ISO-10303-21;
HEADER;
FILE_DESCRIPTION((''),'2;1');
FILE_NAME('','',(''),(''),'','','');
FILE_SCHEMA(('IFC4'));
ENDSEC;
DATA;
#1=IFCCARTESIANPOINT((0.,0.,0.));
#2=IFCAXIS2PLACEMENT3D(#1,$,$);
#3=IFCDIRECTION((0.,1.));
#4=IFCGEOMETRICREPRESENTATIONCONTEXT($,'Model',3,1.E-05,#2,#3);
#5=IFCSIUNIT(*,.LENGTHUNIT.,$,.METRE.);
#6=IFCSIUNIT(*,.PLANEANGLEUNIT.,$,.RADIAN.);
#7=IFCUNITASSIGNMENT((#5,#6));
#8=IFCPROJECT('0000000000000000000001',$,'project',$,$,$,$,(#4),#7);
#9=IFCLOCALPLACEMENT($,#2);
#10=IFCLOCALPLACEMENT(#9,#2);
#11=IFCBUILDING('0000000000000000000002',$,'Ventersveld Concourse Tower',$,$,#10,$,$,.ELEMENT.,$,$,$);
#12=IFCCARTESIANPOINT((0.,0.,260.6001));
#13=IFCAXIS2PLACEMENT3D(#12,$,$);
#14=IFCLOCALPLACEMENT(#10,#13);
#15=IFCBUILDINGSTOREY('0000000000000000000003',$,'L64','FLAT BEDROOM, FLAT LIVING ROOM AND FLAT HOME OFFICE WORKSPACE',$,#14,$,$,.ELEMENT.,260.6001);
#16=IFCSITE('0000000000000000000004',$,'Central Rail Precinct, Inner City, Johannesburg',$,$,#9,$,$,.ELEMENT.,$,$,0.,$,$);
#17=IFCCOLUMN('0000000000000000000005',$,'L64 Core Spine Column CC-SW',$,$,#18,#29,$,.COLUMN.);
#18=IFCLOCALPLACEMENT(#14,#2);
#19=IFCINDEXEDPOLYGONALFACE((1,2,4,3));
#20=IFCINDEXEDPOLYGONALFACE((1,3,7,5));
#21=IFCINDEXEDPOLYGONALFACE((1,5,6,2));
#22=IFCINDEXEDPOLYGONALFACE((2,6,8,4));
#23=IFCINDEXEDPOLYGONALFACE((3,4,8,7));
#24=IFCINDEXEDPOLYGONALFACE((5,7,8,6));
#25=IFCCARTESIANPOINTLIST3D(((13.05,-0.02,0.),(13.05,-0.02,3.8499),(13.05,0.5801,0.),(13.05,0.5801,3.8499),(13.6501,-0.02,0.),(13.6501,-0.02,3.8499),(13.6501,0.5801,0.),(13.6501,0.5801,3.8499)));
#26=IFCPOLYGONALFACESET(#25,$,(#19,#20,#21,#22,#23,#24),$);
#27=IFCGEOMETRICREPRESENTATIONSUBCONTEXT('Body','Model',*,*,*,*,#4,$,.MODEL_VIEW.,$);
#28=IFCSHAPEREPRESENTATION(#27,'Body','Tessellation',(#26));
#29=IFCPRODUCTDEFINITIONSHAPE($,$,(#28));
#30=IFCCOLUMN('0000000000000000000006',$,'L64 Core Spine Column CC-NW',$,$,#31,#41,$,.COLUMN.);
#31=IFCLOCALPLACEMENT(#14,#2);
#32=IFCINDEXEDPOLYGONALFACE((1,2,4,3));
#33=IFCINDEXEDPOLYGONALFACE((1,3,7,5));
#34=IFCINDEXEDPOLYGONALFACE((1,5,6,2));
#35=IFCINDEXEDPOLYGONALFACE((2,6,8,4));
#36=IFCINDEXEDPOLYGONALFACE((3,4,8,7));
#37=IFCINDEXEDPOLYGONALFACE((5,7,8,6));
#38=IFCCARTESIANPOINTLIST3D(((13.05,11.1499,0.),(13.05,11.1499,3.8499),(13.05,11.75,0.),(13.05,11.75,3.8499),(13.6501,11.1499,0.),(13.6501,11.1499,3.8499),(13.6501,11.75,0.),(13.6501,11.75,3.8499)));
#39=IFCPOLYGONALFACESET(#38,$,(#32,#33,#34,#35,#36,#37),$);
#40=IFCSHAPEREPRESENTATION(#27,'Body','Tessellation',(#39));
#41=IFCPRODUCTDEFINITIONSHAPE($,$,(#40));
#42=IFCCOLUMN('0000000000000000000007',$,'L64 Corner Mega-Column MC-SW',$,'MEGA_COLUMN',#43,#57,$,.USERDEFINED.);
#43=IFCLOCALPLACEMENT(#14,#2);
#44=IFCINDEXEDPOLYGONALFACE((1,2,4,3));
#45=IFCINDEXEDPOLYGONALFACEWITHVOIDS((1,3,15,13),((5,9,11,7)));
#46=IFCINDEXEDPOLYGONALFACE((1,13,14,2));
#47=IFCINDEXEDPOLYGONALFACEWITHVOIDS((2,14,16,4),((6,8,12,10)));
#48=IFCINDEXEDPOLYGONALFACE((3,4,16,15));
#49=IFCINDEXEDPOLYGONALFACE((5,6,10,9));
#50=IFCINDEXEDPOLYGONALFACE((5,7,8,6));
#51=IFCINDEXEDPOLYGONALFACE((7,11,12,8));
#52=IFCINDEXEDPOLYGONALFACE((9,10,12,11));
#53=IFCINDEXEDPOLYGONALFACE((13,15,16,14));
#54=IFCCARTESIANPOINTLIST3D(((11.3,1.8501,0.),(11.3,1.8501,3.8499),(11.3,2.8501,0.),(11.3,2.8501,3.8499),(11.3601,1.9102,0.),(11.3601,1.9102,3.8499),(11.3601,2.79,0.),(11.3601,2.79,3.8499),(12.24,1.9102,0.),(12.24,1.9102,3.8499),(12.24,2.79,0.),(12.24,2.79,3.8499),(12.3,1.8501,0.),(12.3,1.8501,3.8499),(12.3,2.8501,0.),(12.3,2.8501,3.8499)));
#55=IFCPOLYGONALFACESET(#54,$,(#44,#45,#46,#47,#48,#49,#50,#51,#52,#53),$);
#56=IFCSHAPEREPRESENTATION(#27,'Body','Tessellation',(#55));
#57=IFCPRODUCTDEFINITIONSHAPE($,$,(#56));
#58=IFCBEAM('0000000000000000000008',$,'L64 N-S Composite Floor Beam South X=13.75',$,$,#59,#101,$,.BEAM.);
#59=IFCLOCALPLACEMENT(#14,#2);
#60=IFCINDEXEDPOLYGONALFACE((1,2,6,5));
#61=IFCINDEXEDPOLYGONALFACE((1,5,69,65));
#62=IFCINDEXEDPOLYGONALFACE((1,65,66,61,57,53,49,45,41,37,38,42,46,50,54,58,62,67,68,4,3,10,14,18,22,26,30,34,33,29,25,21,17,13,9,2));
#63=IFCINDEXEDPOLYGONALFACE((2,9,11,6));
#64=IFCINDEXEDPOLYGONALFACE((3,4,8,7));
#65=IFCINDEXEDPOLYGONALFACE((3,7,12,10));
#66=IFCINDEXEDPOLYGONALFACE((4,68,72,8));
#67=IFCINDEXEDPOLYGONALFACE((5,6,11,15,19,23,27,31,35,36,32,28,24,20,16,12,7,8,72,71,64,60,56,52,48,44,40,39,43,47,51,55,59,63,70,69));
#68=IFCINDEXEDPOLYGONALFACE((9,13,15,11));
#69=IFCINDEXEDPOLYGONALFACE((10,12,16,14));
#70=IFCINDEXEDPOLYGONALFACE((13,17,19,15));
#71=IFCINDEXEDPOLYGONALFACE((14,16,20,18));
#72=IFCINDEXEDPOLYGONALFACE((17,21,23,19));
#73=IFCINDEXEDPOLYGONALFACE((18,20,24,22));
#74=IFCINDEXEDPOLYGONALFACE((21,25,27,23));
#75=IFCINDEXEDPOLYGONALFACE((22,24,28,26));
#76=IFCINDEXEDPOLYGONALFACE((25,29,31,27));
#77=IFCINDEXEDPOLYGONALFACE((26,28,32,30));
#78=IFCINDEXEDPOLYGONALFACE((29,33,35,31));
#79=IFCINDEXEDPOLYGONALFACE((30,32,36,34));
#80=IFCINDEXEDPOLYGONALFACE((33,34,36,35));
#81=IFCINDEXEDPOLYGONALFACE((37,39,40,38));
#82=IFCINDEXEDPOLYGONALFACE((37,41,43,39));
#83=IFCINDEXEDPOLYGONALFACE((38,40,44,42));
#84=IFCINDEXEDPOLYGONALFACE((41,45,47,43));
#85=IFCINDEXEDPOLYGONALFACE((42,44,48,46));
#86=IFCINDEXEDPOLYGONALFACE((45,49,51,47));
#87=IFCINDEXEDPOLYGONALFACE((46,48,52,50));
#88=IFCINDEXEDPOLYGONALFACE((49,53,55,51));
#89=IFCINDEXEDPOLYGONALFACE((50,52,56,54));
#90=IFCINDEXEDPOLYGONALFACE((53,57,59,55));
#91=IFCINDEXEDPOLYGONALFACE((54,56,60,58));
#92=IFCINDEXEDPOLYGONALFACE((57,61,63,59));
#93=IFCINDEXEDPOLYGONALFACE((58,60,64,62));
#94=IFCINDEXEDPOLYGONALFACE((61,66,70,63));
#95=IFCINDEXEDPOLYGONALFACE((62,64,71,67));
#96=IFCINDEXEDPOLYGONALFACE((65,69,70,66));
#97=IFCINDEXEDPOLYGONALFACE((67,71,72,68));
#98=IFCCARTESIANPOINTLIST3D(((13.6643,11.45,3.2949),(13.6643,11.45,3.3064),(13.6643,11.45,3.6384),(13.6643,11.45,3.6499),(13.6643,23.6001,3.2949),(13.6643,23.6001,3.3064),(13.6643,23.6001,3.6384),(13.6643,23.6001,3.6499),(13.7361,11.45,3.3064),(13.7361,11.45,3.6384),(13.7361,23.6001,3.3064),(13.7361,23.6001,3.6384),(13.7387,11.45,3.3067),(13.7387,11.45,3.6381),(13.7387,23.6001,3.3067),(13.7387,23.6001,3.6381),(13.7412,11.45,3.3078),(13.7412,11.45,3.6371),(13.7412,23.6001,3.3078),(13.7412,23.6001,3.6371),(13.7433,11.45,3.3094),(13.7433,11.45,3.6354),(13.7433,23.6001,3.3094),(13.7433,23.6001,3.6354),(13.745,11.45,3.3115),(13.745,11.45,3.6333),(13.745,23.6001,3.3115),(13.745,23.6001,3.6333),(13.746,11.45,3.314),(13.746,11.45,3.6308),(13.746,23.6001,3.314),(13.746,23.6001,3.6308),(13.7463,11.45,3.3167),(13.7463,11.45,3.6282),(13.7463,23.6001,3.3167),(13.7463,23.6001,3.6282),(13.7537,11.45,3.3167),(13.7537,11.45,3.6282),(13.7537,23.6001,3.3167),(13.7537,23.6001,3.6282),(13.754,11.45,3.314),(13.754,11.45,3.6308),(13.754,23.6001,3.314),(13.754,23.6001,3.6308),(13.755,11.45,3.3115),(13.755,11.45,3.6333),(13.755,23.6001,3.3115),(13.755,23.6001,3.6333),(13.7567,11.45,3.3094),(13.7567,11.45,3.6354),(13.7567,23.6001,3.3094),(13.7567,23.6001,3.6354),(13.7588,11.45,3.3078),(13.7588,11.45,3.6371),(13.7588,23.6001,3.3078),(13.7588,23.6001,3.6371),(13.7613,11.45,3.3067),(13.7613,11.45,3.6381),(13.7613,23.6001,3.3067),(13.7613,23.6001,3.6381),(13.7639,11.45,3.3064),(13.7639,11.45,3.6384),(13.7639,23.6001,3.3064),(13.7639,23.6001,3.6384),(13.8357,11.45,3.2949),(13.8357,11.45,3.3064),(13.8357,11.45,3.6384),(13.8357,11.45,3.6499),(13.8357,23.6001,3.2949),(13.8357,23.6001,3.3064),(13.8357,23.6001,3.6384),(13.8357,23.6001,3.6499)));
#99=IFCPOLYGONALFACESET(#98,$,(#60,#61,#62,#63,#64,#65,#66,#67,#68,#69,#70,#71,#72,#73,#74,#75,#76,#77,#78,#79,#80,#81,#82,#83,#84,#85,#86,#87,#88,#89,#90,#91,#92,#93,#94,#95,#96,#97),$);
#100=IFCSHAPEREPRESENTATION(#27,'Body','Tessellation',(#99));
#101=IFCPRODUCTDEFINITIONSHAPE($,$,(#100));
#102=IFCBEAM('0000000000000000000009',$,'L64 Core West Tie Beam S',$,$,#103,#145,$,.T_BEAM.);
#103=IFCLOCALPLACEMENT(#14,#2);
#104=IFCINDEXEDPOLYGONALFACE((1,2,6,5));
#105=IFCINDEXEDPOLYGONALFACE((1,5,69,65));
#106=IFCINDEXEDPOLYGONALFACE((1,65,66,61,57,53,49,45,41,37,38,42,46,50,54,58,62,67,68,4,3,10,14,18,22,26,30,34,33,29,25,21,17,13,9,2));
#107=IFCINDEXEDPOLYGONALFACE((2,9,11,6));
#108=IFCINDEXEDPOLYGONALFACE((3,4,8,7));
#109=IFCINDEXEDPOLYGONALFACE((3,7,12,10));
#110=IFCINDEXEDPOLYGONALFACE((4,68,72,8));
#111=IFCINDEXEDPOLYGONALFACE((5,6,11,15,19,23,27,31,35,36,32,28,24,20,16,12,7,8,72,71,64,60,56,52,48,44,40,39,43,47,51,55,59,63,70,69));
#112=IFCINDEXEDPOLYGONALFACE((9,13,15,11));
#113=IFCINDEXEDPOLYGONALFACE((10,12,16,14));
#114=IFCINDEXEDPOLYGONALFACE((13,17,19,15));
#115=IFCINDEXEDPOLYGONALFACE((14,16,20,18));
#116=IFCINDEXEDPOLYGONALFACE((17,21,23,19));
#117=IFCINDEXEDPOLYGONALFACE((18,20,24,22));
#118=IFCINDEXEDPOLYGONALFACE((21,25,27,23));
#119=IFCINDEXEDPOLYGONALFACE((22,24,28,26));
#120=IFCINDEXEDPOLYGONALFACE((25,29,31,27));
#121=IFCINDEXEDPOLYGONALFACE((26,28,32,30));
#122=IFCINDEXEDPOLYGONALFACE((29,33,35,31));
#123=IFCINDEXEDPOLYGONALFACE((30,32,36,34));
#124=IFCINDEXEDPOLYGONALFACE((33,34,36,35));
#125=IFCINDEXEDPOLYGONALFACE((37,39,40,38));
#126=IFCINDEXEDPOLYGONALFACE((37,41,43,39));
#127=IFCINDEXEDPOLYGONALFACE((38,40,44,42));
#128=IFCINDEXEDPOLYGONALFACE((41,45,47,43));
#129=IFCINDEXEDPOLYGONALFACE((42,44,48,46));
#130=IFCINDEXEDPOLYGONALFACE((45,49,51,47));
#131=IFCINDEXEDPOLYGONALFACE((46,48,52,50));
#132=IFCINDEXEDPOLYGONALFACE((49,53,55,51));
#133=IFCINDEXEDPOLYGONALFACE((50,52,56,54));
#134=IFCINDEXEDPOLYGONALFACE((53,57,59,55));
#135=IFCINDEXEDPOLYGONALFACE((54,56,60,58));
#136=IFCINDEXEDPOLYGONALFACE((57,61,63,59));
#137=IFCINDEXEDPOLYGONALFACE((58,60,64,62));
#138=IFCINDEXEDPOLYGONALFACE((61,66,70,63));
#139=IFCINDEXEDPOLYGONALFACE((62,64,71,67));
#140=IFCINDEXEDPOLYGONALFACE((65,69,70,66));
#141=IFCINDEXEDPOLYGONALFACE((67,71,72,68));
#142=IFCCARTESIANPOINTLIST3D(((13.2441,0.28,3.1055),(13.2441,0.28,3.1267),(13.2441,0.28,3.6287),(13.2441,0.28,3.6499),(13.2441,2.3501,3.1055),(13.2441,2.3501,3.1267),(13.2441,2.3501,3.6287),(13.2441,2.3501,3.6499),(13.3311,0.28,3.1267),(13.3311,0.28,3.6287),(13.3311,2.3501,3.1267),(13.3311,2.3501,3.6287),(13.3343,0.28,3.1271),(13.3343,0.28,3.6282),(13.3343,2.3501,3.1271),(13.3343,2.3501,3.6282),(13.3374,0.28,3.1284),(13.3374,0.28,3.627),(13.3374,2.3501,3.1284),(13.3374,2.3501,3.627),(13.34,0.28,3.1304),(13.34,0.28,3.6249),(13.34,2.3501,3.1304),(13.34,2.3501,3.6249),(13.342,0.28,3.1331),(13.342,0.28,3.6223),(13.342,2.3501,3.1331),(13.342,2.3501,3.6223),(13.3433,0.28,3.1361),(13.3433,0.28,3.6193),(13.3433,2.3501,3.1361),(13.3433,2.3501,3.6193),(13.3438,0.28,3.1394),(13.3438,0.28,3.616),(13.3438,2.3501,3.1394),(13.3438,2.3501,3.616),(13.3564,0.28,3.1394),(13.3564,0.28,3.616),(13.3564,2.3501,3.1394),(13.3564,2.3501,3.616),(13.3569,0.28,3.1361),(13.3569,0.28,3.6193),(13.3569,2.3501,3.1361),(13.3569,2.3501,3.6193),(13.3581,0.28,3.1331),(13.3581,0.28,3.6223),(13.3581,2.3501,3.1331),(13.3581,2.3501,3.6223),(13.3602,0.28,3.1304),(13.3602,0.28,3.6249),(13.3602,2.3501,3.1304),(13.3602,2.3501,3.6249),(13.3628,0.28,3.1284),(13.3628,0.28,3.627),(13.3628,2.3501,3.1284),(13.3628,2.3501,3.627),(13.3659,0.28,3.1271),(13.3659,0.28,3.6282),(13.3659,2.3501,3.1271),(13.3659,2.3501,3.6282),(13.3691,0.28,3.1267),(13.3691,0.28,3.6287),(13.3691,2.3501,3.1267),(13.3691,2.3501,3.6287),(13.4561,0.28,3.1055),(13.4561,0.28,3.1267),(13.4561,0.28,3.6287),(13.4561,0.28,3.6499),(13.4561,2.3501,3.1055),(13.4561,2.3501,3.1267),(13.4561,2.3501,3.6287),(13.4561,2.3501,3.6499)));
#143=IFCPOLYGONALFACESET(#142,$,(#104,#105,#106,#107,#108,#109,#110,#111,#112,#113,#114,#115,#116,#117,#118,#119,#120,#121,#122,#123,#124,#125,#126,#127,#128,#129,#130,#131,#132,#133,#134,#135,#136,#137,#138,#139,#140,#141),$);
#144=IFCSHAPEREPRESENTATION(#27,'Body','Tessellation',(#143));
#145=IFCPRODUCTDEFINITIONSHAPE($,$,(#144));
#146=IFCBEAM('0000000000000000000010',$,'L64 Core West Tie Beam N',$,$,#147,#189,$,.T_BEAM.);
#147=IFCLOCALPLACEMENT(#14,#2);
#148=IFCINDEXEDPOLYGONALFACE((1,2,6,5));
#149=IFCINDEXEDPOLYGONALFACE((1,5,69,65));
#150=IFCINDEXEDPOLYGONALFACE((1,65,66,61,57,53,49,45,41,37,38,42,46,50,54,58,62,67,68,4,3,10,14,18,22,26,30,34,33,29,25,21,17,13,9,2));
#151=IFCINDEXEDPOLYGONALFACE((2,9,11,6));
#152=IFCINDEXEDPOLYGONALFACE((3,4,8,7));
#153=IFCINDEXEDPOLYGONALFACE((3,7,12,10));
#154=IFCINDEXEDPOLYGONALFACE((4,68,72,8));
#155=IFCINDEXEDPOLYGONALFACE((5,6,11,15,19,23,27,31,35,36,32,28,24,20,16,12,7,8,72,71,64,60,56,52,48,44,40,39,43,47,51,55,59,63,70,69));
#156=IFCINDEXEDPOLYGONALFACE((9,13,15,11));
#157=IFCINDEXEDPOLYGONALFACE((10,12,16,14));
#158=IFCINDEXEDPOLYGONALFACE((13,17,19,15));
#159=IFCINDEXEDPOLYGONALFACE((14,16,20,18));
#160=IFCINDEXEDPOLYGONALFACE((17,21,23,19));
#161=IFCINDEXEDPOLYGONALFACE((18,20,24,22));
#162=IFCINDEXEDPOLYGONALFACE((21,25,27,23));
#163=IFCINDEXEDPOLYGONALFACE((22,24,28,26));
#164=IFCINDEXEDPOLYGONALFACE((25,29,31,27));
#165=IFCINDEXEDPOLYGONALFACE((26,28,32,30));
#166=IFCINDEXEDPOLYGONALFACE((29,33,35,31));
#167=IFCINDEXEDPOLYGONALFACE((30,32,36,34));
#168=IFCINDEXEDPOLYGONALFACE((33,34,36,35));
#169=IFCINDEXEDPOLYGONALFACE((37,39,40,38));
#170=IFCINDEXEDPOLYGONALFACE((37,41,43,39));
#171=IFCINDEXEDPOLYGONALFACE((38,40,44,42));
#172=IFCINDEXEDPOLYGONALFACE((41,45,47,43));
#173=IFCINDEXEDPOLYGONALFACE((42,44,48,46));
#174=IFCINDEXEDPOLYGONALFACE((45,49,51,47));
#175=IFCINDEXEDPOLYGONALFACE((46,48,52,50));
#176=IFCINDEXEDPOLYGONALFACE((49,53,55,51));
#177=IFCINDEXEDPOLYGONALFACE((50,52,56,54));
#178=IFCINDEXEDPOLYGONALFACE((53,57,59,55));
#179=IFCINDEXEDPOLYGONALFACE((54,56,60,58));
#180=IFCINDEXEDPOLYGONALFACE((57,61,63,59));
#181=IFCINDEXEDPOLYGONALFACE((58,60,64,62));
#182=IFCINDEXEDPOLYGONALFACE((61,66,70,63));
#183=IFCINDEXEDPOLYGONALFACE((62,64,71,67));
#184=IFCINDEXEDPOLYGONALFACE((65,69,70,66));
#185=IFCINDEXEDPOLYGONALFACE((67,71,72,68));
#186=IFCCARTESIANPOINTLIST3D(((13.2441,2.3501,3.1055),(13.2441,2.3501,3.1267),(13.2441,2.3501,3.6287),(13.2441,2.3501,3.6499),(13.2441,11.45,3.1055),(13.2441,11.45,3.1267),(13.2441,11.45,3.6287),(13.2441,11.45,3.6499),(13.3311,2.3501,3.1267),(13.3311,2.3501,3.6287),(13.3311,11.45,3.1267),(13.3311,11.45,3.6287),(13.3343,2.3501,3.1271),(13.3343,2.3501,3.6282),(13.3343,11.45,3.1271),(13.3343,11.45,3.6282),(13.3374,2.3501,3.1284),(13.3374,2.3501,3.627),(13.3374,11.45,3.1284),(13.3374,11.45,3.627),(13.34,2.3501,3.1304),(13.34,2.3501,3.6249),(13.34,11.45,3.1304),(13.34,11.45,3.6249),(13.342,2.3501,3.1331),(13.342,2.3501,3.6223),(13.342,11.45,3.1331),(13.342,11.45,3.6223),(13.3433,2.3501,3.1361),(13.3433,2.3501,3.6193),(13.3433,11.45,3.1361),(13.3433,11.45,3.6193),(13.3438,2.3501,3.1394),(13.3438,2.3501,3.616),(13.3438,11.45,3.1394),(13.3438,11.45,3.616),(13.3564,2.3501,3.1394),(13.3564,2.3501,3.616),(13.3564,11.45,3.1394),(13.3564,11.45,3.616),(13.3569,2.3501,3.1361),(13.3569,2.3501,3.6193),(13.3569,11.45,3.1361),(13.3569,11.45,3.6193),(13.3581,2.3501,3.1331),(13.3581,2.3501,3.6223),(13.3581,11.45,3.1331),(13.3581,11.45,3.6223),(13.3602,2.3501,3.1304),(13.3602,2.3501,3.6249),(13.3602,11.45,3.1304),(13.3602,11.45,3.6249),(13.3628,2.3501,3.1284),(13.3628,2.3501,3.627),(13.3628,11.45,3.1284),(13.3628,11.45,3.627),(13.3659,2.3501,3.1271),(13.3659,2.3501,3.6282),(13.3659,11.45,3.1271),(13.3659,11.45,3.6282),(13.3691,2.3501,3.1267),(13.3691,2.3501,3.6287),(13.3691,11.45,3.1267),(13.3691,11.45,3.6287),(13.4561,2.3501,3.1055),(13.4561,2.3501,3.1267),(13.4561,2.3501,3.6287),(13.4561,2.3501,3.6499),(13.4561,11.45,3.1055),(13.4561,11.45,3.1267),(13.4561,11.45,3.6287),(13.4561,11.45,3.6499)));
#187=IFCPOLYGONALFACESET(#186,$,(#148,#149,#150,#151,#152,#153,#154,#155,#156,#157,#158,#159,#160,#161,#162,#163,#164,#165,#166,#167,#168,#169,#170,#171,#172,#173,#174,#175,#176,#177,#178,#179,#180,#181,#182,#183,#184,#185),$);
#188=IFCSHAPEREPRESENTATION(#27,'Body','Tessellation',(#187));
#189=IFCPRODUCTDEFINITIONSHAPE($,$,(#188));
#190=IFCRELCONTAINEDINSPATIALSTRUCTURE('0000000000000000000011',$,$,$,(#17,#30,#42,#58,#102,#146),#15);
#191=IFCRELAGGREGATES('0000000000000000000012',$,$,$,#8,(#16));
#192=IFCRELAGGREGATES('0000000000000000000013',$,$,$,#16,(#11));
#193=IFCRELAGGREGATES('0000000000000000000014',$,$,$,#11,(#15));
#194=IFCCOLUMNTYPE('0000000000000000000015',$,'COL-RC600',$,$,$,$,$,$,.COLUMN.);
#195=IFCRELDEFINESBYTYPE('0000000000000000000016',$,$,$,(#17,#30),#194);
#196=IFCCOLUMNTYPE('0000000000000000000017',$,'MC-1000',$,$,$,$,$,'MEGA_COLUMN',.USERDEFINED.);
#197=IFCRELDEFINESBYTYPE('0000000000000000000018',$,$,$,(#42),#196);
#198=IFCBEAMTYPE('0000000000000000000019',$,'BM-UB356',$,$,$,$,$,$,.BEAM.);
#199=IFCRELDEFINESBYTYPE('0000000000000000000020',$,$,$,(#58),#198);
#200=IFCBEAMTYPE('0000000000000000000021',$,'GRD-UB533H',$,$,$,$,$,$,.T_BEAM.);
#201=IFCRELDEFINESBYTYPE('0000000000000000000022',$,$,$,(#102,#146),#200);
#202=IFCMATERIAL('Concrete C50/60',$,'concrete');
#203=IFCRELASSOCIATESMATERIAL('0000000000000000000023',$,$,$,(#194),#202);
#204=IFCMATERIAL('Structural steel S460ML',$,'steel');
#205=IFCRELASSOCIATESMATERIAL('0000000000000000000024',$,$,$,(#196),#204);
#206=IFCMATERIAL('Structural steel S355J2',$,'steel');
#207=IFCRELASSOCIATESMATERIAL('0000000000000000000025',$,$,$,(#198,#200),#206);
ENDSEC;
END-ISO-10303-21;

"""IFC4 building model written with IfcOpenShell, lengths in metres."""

from ifc_helpers import new_model, si_unit, direction, frame, origin, origin_2d, place, context, subcontext, project, spatial, rectangle, hollow_rectangle, i_section, extrude, material, material_profile, profile_set, type_object, element, save


model = new_model("IFC4")

# Units and contexts
model_context = context("Model", 3, precision=1e-05, world=origin(), true_north=direction((0.0, 1.0)))
body_context = subcontext(model_context, "Body", "Model", "MODEL_VIEW")
ifc_project = project(units=[si_unit("LENGTHUNIT", "METRE"), si_unit("PLANEANGLEUNIT", "RADIAN")], contexts=[model_context])

# Site, building, storey
site_placement = place(None, origin())
site = spatial("IfcSite", under=ifc_project, at=site_placement, Name="Central Rail Precinct, Inner City, Johannesburg", CompositionType="ELEMENT", RefElevation=0.0)
building_placement = place(site_placement, origin())
building = spatial("IfcBuilding", under=site, at=building_placement, Name="Ventersveld Concourse Tower", CompositionType="ELEMENT")
storey_placement = place(building_placement, frame((0.0, 0.0, 260.6001)))
storey = spatial("IfcBuildingStorey", under=building, at=storey_placement, Name="L64", Description="FLAT BEDROOM, FLAT LIVING ROOM AND FLAT HOME OFFICE WORKSPACE", CompositionType="ELEMENT", Elevation=260.6001)

# Columns
ifc_material_1 = material(Name="Concrete C50/60", Category="concrete")
ifc_material_profile_1 = material_profile(ifc_material_1, rectangle(XDim=0.6001, YDim=0.6001, at=origin_2d()), Name="RC 600x600")
ifc_profile_set_1 = profile_set([ifc_material_profile_1], Name="Concrete C50/60")
column_type_1 = type_object("IfcColumnType", Name="COL-RC600", PredefinedType="COLUMN", material=ifc_profile_set_1)
for number, where, z_axis, x_axis, name in (
    (1, (13.3501, 0.28, 0.0), (0.0, 0.0, 1.0), (1.0, 0.0, 0.0), "L64 Core Spine Column CC-SW"),
    (2, (13.3501, 11.45, 0.0), (0.0, 0.0, 1.0), (1.0, 0.0, 0.0), "L64 Core Spine Column CC-NW"),
):
    element("IfcColumn", number, at=place(storey_placement, frame(where, z_axis=z_axis, x_axis=x_axis)), inside=storey, type_object=column_type_1, Name=name, PredefinedType="COLUMN", context=body_context, shape_type="SweptSolid", body=[
        extrude(rectangle(XDim=0.6001, YDim=0.6001, at=origin_2d()), origin(), (0.0, 0.0, 1.0), 3.8499),
    ])
ifc_material_2 = material(Name="Structural steel S460ML", Category="steel")
ifc_material_profile_2 = material_profile(ifc_material_2, hollow_rectangle(XDim=1.0, YDim=1.0, WallThickness=0.0601, at=origin_2d()), Name="BOX 1000x1000x60")
ifc_profile_set_2 = profile_set([ifc_material_profile_2], Name="Structural steel S460ML")
column_type_2 = type_object("IfcColumnType", Name="MC-1000", ElementType="MEGA_COLUMN", PredefinedType="USERDEFINED", material=ifc_profile_set_2)
column_placement = place(storey_placement, frame((11.8, 2.3501, 0.0), z_axis=(0.0, 0.0, 1.0), x_axis=(1.0, 0.0, 0.0)))
element("IfcColumn", 3, at=column_placement, inside=storey, type_object=column_type_2, Name="L64 Corner Mega-Column MC-SW", ObjectType="MEGA_COLUMN", PredefinedType="USERDEFINED", context=body_context, shape_type="SweptSolid", body=[
    extrude(hollow_rectangle(XDim=1.0, YDim=1.0, WallThickness=0.0601, at=origin_2d()), origin(), (0.0, 0.0, 1.0), 3.8499),
])

# Beams
ifc_material_3 = material(Name="Structural steel S355J2", Category="steel")
ifc_material_profile_3 = material_profile(ifc_material_3, i_section(OverallWidth=0.1714, OverallDepth=0.355, WebThickness=0.0073, FlangeThickness=0.0115, FilletRadius=0.0103, at=origin_2d()), Name="UB 356x171x51")
ifc_profile_set_3 = profile_set([ifc_material_profile_3], Name="Structural steel S355J2")
beam_type_1 = type_object("IfcBeamType", Name="BM-UB356", PredefinedType="BEAM", material=ifc_profile_set_3)
beam_1_placement = place(storey_placement, frame((13.75, 11.45, 3.4724), z_axis=(0.0, 1.0, 0.0), x_axis=(-1.0, 0.0, 0.0)))
element("IfcBeam", 4, at=beam_1_placement, inside=storey, type_object=beam_type_1, Name="L64 N-S Composite Floor Beam South X=13.75", PredefinedType="BEAM", context=body_context, shape_type="SweptSolid", body=[
    extrude(i_section(OverallWidth=0.1714, OverallDepth=0.355, WebThickness=0.0073, FlangeThickness=0.0115, FilletRadius=0.0103, at=origin_2d()), origin(), (0.0, 0.0, 1.0), 12.1501),
])
ifc_material_profile_4 = material_profile(ifc_material_3, i_section(OverallWidth=0.2119, OverallDepth=0.5444, WebThickness=0.0127, FlangeThickness=0.0212, FilletRadius=0.0127, at=origin_2d()), Name="UB 533x210x122")
ifc_profile_set_4 = profile_set([ifc_material_profile_4], Name="Structural steel S355J2")
beam_type_2 = type_object("IfcBeamType", Name="GRD-UB533H", PredefinedType="T_BEAM", material=ifc_profile_set_4)
beam_2_placement = place(storey_placement, frame((13.3501, 0.28, 3.3777), z_axis=(0.0, 1.0, 0.0), x_axis=(-1.0, 0.0, 0.0)))
element("IfcBeam", 5, at=beam_2_placement, inside=storey, type_object=beam_type_2, Name="L64 Core West Tie Beam S", PredefinedType="T_BEAM", context=body_context, shape_type="SweptSolid", body=[
    extrude(i_section(OverallWidth=0.2119, OverallDepth=0.5444, WebThickness=0.0127, FlangeThickness=0.0212, FilletRadius=0.0127, at=origin_2d()), origin(), (0.0, 0.0, 1.0), 2.0701),
])
beam_3_placement = place(storey_placement, frame((13.3501, 2.3501, 3.3777), z_axis=(0.0, 1.0, 0.0), x_axis=(-1.0, 0.0, 0.0)))
element("IfcBeam", 6, at=beam_3_placement, inside=storey, type_object=beam_type_2, Name="L64 Core West Tie Beam N", PredefinedType="T_BEAM", context=body_context, shape_type="SweptSolid", body=[
    extrude(i_section(OverallWidth=0.2119, OverallDepth=0.5444, WebThickness=0.0127, FlangeThickness=0.0212, FilletRadius=0.0127, at=origin_2d()), origin(), (0.0, 0.0, 1.0), 9.0999),
])

save(model, "model.ifc")
